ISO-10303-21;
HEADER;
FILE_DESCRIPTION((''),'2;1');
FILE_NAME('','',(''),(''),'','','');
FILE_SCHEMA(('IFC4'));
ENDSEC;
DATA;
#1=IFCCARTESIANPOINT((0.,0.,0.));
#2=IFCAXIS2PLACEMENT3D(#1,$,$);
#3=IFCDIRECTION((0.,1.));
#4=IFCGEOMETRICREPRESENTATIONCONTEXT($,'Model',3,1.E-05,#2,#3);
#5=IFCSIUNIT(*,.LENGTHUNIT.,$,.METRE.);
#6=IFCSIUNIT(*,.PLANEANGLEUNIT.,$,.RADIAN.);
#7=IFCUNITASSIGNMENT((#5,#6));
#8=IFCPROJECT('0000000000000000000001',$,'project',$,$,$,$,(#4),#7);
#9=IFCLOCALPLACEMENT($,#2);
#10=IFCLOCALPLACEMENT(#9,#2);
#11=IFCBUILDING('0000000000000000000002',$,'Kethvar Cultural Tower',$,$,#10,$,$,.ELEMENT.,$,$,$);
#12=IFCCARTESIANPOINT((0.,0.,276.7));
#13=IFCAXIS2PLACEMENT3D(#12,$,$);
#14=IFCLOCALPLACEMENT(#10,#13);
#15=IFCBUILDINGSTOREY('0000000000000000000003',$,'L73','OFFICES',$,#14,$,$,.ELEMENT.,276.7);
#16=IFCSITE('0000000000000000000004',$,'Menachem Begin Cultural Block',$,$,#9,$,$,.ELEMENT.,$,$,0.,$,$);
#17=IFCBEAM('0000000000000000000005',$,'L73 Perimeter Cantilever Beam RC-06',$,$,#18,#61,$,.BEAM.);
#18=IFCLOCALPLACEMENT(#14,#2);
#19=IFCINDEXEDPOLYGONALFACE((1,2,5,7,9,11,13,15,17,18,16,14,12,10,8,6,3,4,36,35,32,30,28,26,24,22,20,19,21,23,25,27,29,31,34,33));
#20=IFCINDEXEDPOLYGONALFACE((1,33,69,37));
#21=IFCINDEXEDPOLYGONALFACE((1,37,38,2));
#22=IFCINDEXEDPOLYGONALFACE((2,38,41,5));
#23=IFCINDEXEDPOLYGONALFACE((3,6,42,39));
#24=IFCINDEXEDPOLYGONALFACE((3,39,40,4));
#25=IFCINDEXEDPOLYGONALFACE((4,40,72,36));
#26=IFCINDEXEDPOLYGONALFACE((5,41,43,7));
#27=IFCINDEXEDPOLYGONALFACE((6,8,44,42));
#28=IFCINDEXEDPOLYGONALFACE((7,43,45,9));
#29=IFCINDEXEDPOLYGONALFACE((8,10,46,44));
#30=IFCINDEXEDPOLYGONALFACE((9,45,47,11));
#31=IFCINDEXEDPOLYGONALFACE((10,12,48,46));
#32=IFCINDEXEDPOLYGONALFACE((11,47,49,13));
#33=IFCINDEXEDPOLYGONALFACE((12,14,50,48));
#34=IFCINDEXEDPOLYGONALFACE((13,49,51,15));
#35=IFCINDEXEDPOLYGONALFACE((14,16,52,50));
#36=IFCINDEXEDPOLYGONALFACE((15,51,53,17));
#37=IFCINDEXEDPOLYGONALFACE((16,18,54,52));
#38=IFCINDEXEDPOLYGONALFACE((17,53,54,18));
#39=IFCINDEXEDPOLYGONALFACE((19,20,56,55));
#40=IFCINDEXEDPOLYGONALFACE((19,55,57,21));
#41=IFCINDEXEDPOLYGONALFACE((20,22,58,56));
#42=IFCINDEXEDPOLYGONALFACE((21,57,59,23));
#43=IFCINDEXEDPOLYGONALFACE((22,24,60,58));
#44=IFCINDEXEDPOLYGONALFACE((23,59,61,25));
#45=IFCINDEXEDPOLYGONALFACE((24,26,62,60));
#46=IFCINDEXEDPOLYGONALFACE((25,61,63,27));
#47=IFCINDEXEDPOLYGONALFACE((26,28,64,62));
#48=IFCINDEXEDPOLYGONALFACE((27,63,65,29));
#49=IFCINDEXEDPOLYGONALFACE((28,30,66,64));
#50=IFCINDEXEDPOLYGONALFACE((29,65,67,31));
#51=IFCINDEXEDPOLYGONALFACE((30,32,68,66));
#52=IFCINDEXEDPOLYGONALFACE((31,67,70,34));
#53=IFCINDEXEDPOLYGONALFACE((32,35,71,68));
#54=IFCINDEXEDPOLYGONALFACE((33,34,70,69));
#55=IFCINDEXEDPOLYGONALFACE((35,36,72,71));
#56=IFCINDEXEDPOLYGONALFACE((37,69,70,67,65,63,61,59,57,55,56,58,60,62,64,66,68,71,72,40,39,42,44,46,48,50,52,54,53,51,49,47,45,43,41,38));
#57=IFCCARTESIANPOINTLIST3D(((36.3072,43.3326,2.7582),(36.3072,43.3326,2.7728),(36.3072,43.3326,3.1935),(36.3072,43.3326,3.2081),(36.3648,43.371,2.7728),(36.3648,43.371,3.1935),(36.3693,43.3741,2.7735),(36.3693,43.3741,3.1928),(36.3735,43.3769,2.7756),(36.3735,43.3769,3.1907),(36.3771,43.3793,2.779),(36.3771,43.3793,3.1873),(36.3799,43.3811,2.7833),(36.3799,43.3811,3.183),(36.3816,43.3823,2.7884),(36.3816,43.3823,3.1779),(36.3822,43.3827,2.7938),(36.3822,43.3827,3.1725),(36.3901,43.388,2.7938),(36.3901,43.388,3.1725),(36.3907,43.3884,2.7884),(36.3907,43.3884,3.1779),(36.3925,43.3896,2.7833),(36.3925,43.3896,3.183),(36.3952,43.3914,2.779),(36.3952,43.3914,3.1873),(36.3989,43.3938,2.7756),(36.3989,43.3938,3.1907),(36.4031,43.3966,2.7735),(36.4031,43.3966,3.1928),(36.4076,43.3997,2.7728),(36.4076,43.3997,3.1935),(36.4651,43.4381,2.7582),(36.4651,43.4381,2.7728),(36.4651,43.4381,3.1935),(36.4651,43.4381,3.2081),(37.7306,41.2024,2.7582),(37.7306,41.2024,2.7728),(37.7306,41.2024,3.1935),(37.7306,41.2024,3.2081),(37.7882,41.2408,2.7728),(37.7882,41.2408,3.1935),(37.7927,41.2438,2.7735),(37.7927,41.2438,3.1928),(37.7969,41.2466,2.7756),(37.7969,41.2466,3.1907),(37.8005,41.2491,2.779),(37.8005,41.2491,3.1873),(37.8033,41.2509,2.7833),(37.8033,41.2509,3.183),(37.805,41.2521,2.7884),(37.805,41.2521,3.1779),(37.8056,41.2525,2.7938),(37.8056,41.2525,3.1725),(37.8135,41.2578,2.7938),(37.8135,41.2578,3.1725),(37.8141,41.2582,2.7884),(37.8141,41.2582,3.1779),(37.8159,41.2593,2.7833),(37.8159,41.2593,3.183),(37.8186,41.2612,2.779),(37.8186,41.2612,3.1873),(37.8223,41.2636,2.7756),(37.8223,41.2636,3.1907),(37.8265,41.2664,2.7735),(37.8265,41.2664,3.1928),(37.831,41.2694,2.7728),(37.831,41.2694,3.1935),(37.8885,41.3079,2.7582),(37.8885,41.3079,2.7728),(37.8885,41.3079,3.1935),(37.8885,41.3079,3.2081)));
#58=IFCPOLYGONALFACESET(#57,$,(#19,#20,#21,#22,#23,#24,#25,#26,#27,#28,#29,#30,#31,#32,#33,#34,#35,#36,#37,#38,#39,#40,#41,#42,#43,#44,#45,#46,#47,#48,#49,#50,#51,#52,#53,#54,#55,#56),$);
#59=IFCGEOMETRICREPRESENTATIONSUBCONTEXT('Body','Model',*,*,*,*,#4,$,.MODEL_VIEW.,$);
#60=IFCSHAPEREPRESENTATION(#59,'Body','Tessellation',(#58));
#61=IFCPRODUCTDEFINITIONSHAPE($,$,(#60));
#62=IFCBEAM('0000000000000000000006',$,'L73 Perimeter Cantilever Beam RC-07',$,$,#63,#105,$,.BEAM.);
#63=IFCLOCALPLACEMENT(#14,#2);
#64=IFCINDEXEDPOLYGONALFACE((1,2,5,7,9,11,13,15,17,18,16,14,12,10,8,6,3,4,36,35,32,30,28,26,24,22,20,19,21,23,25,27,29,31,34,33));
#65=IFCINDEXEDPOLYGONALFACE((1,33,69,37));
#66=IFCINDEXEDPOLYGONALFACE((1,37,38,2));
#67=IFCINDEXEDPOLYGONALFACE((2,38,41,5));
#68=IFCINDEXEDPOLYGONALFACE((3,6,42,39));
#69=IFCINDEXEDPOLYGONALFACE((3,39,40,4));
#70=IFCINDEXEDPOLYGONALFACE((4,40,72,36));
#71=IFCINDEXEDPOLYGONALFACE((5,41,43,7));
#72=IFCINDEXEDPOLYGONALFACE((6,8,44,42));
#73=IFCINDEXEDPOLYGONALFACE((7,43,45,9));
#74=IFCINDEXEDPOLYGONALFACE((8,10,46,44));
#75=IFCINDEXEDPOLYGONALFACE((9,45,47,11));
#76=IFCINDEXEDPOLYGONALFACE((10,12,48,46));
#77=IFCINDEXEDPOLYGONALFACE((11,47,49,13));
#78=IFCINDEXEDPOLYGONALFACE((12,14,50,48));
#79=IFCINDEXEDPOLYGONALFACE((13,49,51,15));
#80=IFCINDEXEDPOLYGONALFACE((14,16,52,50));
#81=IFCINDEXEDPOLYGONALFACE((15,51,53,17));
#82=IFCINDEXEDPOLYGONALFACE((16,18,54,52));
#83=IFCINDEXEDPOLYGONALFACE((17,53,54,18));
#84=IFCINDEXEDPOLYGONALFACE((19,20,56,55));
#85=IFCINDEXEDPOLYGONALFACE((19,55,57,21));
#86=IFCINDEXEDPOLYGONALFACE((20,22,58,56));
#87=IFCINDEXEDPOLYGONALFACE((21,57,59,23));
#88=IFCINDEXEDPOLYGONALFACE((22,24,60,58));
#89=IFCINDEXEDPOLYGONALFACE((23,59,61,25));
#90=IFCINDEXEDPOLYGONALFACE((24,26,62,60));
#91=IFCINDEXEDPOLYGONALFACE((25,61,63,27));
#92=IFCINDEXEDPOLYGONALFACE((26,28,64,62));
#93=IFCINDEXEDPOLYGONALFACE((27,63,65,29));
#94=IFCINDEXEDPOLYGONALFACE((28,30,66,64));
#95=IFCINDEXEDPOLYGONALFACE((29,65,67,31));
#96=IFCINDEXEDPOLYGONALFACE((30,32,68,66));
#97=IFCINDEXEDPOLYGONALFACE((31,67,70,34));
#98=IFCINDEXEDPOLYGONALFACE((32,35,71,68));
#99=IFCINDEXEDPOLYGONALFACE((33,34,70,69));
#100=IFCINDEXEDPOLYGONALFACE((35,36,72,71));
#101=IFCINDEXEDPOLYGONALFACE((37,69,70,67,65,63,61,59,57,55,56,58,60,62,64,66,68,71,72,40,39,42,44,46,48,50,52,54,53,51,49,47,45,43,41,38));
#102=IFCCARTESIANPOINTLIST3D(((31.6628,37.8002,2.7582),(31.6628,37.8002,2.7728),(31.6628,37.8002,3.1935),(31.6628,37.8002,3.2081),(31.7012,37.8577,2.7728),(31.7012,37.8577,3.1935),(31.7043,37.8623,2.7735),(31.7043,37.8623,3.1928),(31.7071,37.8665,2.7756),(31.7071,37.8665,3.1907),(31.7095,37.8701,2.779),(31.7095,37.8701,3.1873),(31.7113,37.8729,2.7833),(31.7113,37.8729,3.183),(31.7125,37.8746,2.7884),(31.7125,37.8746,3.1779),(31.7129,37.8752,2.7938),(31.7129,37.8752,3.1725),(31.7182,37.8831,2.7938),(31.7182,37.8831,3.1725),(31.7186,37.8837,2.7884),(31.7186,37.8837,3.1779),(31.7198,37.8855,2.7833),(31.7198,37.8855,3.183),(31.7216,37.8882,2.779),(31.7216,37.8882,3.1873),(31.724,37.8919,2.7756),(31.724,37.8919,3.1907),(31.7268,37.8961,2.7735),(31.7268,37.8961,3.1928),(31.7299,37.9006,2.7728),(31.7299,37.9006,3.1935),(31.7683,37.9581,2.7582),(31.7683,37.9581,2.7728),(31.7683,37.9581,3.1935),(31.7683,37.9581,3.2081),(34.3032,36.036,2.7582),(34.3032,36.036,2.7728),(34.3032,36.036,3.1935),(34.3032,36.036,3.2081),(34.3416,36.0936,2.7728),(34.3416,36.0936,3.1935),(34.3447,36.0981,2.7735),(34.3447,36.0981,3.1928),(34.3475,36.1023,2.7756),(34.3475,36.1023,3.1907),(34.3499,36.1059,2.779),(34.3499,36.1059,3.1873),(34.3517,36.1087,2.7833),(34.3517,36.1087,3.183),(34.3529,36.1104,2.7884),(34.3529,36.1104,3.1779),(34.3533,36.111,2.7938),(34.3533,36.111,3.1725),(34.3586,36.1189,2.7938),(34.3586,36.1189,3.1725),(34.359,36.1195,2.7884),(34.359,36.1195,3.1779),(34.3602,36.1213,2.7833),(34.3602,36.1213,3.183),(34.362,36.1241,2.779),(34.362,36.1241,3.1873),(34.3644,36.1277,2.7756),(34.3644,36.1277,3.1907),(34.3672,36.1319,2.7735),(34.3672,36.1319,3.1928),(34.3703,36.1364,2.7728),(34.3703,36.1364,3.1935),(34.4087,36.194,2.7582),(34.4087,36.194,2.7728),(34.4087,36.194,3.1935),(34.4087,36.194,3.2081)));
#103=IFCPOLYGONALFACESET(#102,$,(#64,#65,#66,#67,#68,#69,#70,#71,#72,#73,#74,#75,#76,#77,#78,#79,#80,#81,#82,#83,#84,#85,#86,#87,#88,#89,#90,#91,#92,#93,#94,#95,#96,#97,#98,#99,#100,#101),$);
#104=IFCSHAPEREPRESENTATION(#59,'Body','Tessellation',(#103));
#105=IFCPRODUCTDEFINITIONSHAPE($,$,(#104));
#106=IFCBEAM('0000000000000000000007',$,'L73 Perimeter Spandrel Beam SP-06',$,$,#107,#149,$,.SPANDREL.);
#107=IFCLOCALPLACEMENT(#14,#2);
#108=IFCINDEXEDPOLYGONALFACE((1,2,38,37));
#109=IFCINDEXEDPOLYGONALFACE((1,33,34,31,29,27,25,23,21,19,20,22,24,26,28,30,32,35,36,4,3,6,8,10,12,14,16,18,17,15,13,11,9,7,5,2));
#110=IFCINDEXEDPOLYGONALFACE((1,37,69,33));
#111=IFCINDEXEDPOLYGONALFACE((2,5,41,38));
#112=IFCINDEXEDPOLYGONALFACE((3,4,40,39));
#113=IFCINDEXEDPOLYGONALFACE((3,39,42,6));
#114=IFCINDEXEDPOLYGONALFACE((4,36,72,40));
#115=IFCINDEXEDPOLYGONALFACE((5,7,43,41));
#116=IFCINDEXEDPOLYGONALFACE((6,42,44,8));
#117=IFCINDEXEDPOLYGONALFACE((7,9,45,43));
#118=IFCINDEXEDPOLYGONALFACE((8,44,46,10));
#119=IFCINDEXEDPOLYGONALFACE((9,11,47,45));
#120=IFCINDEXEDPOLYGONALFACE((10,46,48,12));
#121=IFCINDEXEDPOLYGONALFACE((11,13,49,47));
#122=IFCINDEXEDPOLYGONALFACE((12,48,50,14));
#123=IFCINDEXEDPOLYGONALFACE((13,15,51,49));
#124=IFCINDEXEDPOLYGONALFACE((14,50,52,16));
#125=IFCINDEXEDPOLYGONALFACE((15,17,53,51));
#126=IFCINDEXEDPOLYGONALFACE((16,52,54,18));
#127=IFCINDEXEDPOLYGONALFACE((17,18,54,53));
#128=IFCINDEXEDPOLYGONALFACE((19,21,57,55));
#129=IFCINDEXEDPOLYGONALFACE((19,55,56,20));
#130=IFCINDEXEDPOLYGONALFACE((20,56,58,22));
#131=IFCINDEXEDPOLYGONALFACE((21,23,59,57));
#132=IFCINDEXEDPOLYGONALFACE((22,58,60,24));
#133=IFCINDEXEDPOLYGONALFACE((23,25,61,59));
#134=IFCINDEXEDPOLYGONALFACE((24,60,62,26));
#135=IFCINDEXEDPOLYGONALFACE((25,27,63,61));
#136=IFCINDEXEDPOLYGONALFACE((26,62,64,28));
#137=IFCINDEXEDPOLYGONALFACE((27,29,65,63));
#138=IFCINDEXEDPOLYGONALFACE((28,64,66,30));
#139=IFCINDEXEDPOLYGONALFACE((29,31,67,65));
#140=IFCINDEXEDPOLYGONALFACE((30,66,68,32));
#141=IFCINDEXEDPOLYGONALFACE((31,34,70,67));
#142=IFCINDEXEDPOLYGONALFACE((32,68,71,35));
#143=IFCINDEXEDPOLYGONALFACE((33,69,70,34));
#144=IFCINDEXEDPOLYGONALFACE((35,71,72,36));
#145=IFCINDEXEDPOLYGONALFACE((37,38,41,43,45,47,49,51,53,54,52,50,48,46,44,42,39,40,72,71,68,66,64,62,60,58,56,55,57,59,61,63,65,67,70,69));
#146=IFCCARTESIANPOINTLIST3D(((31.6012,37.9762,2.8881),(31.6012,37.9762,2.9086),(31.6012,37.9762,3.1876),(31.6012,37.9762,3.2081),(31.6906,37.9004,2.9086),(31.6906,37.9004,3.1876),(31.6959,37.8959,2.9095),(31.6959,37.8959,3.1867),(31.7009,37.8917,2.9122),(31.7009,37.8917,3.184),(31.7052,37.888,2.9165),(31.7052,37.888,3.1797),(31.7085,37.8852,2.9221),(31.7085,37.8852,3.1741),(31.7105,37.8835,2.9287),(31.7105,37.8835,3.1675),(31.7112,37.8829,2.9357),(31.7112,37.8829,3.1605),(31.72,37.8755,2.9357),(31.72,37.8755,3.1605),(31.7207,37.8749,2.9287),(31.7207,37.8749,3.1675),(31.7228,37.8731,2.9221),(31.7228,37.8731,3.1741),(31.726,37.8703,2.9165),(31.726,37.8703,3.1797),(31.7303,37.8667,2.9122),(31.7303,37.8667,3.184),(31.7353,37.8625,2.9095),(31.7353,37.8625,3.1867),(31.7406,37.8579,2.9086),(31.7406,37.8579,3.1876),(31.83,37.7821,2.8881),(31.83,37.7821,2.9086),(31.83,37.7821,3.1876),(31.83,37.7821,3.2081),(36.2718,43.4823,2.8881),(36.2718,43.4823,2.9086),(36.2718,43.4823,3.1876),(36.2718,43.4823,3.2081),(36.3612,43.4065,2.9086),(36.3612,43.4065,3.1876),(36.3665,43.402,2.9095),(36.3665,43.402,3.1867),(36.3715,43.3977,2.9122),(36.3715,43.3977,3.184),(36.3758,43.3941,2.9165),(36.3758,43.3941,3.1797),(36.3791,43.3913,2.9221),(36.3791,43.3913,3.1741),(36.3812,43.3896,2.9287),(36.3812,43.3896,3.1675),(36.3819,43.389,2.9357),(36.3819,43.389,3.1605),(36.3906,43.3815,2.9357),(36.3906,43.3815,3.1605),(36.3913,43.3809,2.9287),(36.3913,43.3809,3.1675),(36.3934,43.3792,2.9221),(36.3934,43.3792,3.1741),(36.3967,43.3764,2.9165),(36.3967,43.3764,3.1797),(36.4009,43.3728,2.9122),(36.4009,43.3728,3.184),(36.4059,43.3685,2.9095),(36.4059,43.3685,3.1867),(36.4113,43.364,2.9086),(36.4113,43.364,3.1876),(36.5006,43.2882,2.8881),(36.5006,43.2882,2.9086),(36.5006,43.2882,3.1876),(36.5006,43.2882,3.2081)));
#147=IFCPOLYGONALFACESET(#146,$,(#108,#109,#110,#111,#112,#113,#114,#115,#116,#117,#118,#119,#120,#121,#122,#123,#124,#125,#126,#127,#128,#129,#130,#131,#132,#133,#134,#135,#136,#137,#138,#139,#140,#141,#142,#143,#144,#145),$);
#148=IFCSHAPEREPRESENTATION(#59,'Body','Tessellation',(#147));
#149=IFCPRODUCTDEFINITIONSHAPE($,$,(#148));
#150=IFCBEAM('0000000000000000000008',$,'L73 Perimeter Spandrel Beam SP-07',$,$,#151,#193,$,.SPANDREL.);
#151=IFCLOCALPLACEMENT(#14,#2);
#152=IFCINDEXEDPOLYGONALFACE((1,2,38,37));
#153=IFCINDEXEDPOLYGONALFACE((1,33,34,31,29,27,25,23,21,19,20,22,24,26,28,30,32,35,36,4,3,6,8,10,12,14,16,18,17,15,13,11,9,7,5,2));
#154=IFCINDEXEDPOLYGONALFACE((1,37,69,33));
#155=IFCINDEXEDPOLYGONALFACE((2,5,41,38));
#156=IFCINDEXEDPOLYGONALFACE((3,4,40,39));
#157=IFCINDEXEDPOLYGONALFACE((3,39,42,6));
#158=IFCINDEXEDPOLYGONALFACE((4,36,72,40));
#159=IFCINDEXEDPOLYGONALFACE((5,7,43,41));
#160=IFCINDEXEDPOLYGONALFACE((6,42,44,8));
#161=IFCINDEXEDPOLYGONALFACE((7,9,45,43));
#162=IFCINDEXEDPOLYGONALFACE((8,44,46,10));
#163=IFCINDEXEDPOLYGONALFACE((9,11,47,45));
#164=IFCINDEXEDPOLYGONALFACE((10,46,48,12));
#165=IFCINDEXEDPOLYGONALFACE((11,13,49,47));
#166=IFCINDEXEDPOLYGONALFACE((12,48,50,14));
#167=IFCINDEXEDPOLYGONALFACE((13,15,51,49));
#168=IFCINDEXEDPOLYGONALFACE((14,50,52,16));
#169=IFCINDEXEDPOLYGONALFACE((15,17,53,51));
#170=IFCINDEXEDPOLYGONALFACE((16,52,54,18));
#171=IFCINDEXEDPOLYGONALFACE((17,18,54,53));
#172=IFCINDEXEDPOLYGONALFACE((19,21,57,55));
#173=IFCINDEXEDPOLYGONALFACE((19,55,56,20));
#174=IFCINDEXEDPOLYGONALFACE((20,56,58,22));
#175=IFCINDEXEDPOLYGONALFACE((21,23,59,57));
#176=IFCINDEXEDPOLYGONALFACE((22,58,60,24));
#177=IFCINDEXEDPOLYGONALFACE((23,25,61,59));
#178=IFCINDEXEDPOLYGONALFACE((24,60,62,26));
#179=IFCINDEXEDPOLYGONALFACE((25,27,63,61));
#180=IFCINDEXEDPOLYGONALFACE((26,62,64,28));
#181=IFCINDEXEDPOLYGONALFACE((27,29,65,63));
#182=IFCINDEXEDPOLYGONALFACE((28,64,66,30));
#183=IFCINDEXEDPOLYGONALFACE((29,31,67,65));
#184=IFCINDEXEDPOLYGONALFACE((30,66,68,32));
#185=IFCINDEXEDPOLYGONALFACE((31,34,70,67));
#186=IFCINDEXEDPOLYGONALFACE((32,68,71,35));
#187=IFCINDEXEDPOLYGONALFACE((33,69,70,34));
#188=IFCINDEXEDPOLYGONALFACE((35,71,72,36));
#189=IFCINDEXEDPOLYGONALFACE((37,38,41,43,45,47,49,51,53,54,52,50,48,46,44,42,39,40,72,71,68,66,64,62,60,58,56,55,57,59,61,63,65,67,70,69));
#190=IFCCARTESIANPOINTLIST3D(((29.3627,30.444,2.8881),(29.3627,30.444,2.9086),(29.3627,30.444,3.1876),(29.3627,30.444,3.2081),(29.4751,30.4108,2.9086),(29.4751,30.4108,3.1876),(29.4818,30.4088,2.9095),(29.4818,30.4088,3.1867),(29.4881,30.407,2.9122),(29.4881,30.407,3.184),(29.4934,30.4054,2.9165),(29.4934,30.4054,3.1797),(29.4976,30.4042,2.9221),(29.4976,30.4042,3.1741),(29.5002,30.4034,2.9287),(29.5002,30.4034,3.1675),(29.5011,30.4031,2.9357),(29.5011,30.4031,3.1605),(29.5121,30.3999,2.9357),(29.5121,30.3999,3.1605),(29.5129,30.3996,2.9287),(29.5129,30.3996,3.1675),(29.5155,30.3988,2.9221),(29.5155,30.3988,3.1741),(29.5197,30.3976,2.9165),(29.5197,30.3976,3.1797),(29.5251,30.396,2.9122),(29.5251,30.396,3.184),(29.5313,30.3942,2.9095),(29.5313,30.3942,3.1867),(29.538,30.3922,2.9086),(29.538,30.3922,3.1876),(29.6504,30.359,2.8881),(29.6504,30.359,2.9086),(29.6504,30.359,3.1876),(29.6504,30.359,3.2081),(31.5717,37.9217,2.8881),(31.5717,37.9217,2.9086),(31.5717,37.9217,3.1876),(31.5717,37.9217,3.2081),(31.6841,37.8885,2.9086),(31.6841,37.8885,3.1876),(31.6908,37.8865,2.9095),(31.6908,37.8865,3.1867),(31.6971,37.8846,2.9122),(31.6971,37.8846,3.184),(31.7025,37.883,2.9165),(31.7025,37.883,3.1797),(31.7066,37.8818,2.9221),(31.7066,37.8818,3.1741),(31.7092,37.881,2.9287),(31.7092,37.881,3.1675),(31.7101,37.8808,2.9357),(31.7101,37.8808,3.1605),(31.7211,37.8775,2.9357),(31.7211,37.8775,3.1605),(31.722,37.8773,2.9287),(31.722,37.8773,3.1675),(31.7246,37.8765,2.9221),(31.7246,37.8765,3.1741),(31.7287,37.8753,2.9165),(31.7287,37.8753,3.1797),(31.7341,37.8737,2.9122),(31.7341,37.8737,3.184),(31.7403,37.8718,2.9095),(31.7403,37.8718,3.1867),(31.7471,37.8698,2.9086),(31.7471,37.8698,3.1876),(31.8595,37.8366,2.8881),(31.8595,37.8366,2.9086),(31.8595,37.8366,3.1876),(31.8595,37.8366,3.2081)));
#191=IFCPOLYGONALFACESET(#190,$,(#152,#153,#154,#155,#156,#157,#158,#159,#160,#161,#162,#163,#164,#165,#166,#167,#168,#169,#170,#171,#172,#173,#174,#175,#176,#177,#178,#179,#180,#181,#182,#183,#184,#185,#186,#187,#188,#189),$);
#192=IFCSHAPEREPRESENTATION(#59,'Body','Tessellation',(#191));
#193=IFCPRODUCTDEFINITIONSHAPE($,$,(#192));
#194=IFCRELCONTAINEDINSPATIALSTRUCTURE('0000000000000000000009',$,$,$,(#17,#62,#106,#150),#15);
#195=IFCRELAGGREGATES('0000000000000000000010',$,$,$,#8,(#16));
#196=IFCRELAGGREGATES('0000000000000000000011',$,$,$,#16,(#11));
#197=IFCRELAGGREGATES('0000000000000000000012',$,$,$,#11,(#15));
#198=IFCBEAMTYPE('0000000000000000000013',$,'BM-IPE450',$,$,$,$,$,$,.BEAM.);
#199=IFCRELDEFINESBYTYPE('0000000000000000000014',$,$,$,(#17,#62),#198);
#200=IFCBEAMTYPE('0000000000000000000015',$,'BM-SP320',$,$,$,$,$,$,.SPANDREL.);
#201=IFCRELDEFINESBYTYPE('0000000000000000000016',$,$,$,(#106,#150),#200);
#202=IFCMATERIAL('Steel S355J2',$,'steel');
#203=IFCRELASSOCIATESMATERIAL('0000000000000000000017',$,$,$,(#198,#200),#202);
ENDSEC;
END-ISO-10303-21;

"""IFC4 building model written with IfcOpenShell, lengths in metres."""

from ifc_helpers import new_model, si_unit, direction, frame, origin, origin_2d, place, context, subcontext, project, spatial, i_section, extrude, source, transform, mapped, material, material_profile, profile_set, type_object, element, save


model = new_model("IFC4")

# Units and contexts
model_context = context("Model", 3, precision=1e-05, world=origin(), true_north=direction((0.0, 1.0)))
body_context = subcontext(model_context, "Body", "Model", "MODEL_VIEW")
ifc_project = project(units=[si_unit("LENGTHUNIT", "METRE"), si_unit("PLANEANGLEUNIT", "RADIAN")], contexts=[model_context])

# Site, building, storey
site_placement = place(None, origin())
site = spatial("IfcSite", under=ifc_project, at=site_placement, Name="Menachem Begin Cultural Block", CompositionType="ELEMENT", RefElevation=0.0)
building_placement = place(site_placement, origin())
building = spatial("IfcBuilding", under=site, at=building_placement, Name="Kethvar Cultural Tower", CompositionType="ELEMENT")
storey_placement = place(building_placement, frame((0.0, 0.0, 276.7)))
storey = spatial("IfcBuildingStorey", under=building, at=storey_placement, Name="L73", Description="OFFICES", CompositionType="ELEMENT", Elevation=276.7)

# Shared definitions
ifc_material_1 = material(Name="Steel S355J2", Category="steel")

# Beams
ifc_material_profile_1 = material_profile(ifc_material_1, i_section(OverallWidth=0.1899, OverallDepth=0.45, WebThickness=0.0095, FlangeThickness=0.0146, FilletRadius=0.021, at=origin_2d()), Name="Steel S355J2 — IPE450")
ifc_profile_set_1 = profile_set([ifc_material_profile_1], Name="Steel S355J2 — IPE450")
beam_type_1 = type_object("IfcBeamType", Name="BM-IPE450", PredefinedType="BEAM", material=ifc_profile_set_1)
shared_shape_1 = source(origin(), body_context, "Body", "SweptSolid", [
    extrude(i_section(OverallWidth=0.1899, OverallDepth=0.45, WebThickness=0.0095, FlangeThickness=0.0146, FilletRadius=0.021, at=origin_2d()), origin(), (0.0, 0.0, 1.0), 2.562),
])
beam_1_placement = place(storey_placement, frame((37.8096, 41.2551, 2.9832), z_axis=(-0.55558, 0.831463, 0.0), x_axis=(-0.831463, -0.55558, 0.0)))
element("IfcBeam", 1, at=beam_1_placement, inside=storey, type_object=beam_type_1, Name="L73 Perimeter Cantilever Beam RC-06", PredefinedType="BEAM", context=body_context, shape_type="MappedRepresentation", body=[
    mapped(shared_shape_1, transform((0.0, 0.0, 0.0), scale=1.0)),
])
shared_shape_2 = source(origin(), body_context, "Body", "SweptSolid", [
    extrude(i_section(OverallWidth=0.1899, OverallDepth=0.45, WebThickness=0.0095, FlangeThickness=0.0146, FilletRadius=0.021, at=origin_2d()), origin(), (0.0, 0.0, 1.0), 3.1755),
])
beam_2_placement = place(storey_placement, frame((34.356, 36.115, 2.9832), z_axis=(-0.831482, 0.555552, 0.0), x_axis=(-0.555552, -0.831482, 0.0)))
element("IfcBeam", 2, at=beam_2_placement, inside=storey, type_object=beam_type_1, Name="L73 Perimeter Cantilever Beam RC-07", PredefinedType="BEAM", context=body_context, shape_type="MappedRepresentation", body=[
    mapped(shared_shape_2, transform((0.0, 0.0, 0.0), scale=1.0)),
])
ifc_material_profile_2 = material_profile(ifc_material_1, i_section(OverallWidth=0.3, OverallDepth=0.3201, WebThickness=0.0115, FlangeThickness=0.0205, FilletRadius=0.0271, at=origin_2d()), Name="Steel S355J2 — HEB320")
ifc_profile_set_2 = profile_set([ifc_material_profile_2], Name="Steel S355J2 — HEB320")
beam_type_2 = type_object("IfcBeamType", Name="BM-SP320", PredefinedType="SPANDREL", material=ifc_profile_set_2)
shared_shape_3 = source(origin(), body_context, "Body", "SweptSolid", [
    extrude(i_section(OverallWidth=0.3, OverallDepth=0.3201, WebThickness=0.0115, FlangeThickness=0.0205, FilletRadius=0.0271, at=origin_2d()), origin(), (0.0, 0.0, 1.0), 7.2202),
])
beam_3_placement = place(storey_placement, frame((36.3862, 43.3853, 3.0481), z_axis=(-0.646882, -0.762591, 0.0), x_axis=(0.762591, -0.646882, 0.0)))
element("IfcBeam", 3, at=beam_3_placement, inside=storey, type_object=beam_type_2, Name="L73 Perimeter Spandrel Beam SP-06", PredefinedType="SPANDREL", context=body_context, shape_type="MappedRepresentation", body=[
    mapped(shared_shape_3, transform((0.0, 0.0, 0.0), scale=1.0)),
])
shared_shape_4 = source(origin(), body_context, "Body", "SweptSolid", [
    extrude(i_section(OverallWidth=0.3, OverallDepth=0.3201, WebThickness=0.0115, FlangeThickness=0.0205, FilletRadius=0.0271, at=origin_2d()), origin(), (0.0, 0.0, 1.0), 7.7971),
])
beam_4_placement = place(storey_placement, frame((31.7156, 37.8792, 3.0481), z_axis=(-0.283312, -0.959028, 0.0), x_axis=(0.959028, -0.283312, 0.0)))
element("IfcBeam", 4, at=beam_4_placement, inside=storey, type_object=beam_type_2, Name="L73 Perimeter Spandrel Beam SP-07", PredefinedType="SPANDREL", context=body_context, shape_type="MappedRepresentation", body=[
    mapped(shared_shape_4, transform((0.0, 0.0, 0.0), scale=1.0)),
])

save(model, "model.ifc")
